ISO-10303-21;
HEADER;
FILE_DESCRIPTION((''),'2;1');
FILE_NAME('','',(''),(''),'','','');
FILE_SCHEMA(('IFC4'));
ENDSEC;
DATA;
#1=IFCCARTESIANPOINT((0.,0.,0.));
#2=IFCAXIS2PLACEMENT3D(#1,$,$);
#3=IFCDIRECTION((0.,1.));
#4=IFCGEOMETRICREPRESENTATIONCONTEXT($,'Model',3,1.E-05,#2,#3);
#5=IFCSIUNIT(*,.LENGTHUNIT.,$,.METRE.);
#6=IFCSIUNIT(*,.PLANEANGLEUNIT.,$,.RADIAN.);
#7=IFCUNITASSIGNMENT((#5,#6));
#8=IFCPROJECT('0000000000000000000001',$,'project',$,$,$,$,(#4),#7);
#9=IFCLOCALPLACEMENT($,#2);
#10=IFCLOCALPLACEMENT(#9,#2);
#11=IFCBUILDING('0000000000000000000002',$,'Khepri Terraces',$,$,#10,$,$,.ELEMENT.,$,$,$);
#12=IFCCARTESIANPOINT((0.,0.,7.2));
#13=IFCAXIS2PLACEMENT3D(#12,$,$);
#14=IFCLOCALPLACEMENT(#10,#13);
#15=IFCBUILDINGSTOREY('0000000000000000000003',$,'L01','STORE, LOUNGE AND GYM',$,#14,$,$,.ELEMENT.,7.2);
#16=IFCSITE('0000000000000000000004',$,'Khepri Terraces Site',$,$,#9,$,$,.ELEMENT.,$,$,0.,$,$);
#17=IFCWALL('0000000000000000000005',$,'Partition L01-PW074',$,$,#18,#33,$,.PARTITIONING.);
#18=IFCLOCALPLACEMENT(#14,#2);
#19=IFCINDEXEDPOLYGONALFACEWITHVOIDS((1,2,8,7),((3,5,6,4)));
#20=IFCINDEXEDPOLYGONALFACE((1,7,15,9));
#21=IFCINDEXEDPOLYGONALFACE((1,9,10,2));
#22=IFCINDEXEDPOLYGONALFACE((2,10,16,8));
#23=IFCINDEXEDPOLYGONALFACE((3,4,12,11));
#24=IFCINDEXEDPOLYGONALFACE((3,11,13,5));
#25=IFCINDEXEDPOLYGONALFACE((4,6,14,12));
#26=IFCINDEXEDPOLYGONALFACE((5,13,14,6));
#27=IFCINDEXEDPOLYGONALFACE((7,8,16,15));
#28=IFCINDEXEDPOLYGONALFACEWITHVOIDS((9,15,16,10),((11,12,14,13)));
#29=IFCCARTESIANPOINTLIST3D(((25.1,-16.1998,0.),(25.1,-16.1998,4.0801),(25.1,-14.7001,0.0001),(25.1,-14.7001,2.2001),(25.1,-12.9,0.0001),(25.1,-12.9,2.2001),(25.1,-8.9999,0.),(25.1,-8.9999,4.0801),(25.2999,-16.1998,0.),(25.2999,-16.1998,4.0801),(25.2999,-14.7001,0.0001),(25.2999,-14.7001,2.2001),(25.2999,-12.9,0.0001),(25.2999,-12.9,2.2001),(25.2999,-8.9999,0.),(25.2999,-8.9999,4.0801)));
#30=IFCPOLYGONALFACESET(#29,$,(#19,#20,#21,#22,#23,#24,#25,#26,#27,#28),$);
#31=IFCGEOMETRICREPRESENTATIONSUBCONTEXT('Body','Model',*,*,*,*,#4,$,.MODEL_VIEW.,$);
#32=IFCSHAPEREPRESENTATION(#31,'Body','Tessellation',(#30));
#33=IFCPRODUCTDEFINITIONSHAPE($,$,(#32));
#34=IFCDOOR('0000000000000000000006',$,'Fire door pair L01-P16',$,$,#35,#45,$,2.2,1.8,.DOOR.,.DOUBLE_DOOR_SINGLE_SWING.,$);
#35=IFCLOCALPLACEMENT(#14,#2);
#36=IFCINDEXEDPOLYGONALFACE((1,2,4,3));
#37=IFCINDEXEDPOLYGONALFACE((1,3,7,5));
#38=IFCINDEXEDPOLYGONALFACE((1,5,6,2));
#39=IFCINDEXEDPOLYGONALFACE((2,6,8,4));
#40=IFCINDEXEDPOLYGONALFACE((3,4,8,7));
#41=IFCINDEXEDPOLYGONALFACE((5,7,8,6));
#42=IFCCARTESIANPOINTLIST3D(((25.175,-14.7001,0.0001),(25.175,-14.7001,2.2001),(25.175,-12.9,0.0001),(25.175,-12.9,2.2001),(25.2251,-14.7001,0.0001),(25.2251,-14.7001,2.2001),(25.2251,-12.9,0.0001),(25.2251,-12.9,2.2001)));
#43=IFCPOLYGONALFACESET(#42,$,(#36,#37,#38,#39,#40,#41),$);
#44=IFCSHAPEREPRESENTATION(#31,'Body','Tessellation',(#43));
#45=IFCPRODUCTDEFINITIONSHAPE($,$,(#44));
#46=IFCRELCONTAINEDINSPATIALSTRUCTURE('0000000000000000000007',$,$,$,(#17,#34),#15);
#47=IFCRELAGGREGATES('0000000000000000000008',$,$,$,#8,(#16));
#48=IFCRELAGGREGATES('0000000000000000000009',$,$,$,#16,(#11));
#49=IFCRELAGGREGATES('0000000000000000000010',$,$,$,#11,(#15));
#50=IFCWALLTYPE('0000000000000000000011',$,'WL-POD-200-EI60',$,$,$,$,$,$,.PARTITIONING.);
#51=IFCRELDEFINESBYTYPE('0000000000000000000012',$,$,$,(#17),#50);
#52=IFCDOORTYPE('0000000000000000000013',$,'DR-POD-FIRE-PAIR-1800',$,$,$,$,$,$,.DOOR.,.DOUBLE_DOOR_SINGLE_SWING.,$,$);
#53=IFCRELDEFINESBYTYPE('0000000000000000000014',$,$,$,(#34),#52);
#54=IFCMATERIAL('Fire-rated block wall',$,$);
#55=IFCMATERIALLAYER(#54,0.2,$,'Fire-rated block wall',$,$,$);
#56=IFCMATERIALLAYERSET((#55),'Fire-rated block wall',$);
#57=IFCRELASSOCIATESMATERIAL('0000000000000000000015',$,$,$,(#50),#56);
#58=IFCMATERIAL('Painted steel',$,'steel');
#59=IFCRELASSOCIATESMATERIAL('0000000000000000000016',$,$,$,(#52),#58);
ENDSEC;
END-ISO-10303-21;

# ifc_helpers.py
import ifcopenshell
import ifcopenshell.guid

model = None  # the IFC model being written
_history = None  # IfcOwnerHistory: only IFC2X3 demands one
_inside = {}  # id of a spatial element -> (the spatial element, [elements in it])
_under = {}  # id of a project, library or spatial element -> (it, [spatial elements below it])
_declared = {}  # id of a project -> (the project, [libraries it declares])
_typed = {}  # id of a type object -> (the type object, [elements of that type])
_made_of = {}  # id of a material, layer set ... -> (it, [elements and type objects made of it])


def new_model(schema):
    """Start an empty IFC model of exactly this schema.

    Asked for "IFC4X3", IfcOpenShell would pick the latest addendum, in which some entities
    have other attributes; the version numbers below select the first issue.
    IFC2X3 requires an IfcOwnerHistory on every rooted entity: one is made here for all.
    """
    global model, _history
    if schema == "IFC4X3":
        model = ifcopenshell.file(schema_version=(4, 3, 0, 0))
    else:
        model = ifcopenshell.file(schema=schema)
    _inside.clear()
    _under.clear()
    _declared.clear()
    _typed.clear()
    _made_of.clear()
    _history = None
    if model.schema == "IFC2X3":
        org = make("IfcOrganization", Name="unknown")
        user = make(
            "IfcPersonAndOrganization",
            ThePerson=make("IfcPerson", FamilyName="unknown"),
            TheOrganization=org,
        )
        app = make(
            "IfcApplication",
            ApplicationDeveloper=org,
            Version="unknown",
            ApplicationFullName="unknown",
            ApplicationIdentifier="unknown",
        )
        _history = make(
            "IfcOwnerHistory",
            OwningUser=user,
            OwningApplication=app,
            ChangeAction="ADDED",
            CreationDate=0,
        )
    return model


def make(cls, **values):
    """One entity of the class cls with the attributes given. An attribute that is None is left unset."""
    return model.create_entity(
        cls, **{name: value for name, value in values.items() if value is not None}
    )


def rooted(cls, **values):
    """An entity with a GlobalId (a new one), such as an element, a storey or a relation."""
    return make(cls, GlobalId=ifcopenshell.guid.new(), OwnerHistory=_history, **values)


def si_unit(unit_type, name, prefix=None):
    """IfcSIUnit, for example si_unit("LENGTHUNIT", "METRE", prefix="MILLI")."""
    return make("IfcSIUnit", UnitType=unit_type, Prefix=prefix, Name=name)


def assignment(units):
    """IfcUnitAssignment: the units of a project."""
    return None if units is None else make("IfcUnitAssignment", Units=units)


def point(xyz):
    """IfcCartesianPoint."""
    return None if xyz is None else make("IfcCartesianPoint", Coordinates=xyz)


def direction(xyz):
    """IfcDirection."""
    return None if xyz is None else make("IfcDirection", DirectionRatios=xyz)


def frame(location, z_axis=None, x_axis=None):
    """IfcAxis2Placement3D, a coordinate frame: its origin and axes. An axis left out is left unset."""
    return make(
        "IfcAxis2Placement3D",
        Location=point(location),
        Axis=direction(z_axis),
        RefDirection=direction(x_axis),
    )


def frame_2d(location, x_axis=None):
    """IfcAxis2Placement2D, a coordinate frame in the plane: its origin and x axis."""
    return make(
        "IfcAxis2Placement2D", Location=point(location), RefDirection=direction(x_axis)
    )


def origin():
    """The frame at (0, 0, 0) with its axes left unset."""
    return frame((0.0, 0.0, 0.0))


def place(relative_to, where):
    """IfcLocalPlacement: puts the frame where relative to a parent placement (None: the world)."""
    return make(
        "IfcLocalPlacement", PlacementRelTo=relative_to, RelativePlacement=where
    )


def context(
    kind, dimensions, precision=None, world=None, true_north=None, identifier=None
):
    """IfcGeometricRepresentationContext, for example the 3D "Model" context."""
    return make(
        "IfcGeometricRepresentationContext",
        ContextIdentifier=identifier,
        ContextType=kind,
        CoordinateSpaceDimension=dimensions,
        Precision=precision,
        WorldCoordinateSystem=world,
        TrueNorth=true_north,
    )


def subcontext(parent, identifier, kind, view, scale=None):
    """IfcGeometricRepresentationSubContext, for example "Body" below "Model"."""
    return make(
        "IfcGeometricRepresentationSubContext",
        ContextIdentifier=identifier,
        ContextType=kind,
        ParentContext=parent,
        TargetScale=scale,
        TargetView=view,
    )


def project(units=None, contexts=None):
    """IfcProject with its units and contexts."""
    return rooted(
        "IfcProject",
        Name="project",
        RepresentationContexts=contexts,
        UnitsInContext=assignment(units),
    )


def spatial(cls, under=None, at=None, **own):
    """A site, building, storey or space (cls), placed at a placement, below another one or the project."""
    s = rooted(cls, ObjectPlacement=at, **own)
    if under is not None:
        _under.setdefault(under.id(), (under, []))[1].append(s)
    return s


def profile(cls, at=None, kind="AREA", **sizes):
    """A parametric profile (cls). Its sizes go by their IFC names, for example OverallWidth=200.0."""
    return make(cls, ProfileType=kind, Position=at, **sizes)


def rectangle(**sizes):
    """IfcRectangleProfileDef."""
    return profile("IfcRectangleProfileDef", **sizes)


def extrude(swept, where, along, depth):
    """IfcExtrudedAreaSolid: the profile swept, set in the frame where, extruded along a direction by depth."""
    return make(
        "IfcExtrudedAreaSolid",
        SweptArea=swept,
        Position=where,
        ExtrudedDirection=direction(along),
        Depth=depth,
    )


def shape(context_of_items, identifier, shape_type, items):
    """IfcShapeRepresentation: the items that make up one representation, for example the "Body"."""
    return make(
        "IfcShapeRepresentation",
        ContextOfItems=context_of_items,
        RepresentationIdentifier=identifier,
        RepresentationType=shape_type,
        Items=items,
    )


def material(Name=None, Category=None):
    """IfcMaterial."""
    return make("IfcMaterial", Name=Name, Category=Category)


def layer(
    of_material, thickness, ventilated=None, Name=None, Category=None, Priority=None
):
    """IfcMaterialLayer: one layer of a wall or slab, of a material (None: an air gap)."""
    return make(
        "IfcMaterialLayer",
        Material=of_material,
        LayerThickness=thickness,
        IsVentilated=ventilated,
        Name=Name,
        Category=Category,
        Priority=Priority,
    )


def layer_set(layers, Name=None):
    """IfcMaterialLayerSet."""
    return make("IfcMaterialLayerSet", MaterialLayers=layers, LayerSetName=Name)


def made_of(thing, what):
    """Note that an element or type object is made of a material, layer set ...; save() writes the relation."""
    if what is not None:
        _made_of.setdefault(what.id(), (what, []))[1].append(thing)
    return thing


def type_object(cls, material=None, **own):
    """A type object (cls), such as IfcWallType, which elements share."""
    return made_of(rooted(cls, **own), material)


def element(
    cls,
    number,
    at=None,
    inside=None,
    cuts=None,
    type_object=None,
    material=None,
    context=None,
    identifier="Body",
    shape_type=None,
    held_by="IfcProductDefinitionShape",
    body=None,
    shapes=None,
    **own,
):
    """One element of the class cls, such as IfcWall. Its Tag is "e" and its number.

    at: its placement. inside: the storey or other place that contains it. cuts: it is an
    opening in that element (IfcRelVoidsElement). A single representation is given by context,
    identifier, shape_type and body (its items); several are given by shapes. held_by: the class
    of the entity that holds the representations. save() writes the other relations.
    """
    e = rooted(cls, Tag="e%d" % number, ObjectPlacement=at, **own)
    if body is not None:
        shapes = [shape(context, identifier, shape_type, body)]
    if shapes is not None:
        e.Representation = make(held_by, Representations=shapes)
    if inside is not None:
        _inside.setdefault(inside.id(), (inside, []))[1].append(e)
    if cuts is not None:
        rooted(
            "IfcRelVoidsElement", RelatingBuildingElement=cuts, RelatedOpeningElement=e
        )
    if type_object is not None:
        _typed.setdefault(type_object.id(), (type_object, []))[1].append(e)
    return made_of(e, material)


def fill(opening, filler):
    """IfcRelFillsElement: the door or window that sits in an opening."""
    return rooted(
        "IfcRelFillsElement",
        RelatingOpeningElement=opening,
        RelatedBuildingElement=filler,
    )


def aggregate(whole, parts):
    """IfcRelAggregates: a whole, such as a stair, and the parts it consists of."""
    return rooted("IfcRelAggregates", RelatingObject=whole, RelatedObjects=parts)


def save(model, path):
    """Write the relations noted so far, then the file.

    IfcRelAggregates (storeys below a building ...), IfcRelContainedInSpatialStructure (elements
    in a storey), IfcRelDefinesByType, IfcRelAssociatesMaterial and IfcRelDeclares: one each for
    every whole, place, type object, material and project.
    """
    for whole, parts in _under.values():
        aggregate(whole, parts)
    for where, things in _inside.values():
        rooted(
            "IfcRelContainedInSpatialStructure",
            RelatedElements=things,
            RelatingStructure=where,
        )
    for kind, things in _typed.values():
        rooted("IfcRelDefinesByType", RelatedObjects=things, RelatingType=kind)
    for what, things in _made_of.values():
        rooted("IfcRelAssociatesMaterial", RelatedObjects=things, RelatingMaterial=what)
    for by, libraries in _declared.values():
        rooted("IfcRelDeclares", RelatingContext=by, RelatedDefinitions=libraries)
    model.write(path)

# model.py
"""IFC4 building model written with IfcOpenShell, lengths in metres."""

from ifc_helpers import new_model, si_unit, direction, frame, frame_2d, origin, place, context, subcontext, project, spatial, rectangle, extrude, material, layer, layer_set, type_object, element, fill, save


model = new_model("IFC4")

# Units and contexts
model_context = context("Model", 3, precision=1e-05, world=origin(), true_north=direction((0.0, 1.0)))
body_context = subcontext(model_context, "Body", "Model", "MODEL_VIEW")
ifc_project = project(units=[si_unit("LENGTHUNIT", "METRE"), si_unit("PLANEANGLEUNIT", "RADIAN")], contexts=[model_context])

# Site, building, storey
site_placement = place(None, origin())
site = spatial("IfcSite", under=ifc_project, at=site_placement, Name="Khepri Terraces Site", CompositionType="ELEMENT", RefElevation=0.0)
building_placement = place(site_placement, origin())
building = spatial("IfcBuilding", under=site, at=building_placement, Name="Khepri Terraces", CompositionType="ELEMENT")
storey_placement = place(building_placement, frame((0.0, 0.0, 7.2)))
storey = spatial("IfcBuildingStorey", under=building, at=storey_placement, Name="L01", Description="STORE, LOUNGE AND GYM", CompositionType="ELEMENT", Elevation=7.2)

# Shared definitions
ifc_material_1 = material(Name="Painted steel", Category="steel")

# Wall, opening, door
ifc_material_2 = material(Name="Fire-rated block wall")
ifc_layer_1 = layer(ifc_material_2, 0.2, Name="Fire-rated block wall")
ifc_layer_set_1 = layer_set([ifc_layer_1], Name="Fire-rated block wall")
wall_type_1 = type_object("IfcWallType", Name="WL-POD-200-EI60", PredefinedType="PARTITIONING", material=ifc_layer_set_1)
wall_1_placement = place(storey_placement, frame((25.2, -16.2, 0.0), z_axis=(0.0, 0.0, 1.0), x_axis=(0.0, 1.0, 0.0)))
wall_1 = element("IfcWall", 1, at=wall_1_placement, inside=storey, type_object=wall_type_1, Name="Partition L01-PW074", PredefinedType="PARTITIONING", context=body_context, shape_type="SweptSolid", body=[
    extrude(rectangle(XDim=7.2, YDim=0.2, at=frame_2d((3.6001, 0.0))), origin(), (0.0, 0.0, 1.0), 4.0801),
])
opening_1_placement = place(wall_1_placement, frame((1.5, 0.0, 0.0)))
opening_1 = element("IfcOpeningElement", 2, at=opening_1_placement, cuts=wall_1, PredefinedType="OPENING", context=body_context, shape_type="SweptSolid", body=[
    extrude(rectangle(XDim=1.8, YDim=2.2, at=frame_2d((0.8999, 1.1001))), frame((0.0, 0.1099, 0.0), z_axis=(0.0, -1.0, 0.0), x_axis=(1.0, 0.0, 0.0)), (0.0, 0.0, 1.0), 0.22),
])
door_type_1 = type_object("IfcDoorType", Name="DR-POD-FIRE-PAIR-1800", OperationType="DOUBLE_DOOR_SINGLE_SWING", PredefinedType="DOOR", material=ifc_material_1)
door_1_placement = place(opening_1_placement, origin())
door_1 = element("IfcDoor", 3, at=door_1_placement, inside=storey, type_object=door_type_1, Name="Fire door pair L01-P16", OperationType="DOUBLE_DOOR_SINGLE_SWING", OverallHeight=2.2, OverallWidth=1.8, PredefinedType="DOOR", context=body_context, shape_type="SweptSolid", body=[
    extrude(rectangle(XDim=1.8, YDim=2.2, at=frame_2d((0.8999, 1.1001))), frame((0.0, 0.0249, 0.0), z_axis=(0.0, -1.0, 0.0), x_axis=(1.0, 0.0, 0.0)), (0.0, 0.0, 1.0), 0.05),
])
fill(opening_1, door_1)

save(model, "model.ifc")
